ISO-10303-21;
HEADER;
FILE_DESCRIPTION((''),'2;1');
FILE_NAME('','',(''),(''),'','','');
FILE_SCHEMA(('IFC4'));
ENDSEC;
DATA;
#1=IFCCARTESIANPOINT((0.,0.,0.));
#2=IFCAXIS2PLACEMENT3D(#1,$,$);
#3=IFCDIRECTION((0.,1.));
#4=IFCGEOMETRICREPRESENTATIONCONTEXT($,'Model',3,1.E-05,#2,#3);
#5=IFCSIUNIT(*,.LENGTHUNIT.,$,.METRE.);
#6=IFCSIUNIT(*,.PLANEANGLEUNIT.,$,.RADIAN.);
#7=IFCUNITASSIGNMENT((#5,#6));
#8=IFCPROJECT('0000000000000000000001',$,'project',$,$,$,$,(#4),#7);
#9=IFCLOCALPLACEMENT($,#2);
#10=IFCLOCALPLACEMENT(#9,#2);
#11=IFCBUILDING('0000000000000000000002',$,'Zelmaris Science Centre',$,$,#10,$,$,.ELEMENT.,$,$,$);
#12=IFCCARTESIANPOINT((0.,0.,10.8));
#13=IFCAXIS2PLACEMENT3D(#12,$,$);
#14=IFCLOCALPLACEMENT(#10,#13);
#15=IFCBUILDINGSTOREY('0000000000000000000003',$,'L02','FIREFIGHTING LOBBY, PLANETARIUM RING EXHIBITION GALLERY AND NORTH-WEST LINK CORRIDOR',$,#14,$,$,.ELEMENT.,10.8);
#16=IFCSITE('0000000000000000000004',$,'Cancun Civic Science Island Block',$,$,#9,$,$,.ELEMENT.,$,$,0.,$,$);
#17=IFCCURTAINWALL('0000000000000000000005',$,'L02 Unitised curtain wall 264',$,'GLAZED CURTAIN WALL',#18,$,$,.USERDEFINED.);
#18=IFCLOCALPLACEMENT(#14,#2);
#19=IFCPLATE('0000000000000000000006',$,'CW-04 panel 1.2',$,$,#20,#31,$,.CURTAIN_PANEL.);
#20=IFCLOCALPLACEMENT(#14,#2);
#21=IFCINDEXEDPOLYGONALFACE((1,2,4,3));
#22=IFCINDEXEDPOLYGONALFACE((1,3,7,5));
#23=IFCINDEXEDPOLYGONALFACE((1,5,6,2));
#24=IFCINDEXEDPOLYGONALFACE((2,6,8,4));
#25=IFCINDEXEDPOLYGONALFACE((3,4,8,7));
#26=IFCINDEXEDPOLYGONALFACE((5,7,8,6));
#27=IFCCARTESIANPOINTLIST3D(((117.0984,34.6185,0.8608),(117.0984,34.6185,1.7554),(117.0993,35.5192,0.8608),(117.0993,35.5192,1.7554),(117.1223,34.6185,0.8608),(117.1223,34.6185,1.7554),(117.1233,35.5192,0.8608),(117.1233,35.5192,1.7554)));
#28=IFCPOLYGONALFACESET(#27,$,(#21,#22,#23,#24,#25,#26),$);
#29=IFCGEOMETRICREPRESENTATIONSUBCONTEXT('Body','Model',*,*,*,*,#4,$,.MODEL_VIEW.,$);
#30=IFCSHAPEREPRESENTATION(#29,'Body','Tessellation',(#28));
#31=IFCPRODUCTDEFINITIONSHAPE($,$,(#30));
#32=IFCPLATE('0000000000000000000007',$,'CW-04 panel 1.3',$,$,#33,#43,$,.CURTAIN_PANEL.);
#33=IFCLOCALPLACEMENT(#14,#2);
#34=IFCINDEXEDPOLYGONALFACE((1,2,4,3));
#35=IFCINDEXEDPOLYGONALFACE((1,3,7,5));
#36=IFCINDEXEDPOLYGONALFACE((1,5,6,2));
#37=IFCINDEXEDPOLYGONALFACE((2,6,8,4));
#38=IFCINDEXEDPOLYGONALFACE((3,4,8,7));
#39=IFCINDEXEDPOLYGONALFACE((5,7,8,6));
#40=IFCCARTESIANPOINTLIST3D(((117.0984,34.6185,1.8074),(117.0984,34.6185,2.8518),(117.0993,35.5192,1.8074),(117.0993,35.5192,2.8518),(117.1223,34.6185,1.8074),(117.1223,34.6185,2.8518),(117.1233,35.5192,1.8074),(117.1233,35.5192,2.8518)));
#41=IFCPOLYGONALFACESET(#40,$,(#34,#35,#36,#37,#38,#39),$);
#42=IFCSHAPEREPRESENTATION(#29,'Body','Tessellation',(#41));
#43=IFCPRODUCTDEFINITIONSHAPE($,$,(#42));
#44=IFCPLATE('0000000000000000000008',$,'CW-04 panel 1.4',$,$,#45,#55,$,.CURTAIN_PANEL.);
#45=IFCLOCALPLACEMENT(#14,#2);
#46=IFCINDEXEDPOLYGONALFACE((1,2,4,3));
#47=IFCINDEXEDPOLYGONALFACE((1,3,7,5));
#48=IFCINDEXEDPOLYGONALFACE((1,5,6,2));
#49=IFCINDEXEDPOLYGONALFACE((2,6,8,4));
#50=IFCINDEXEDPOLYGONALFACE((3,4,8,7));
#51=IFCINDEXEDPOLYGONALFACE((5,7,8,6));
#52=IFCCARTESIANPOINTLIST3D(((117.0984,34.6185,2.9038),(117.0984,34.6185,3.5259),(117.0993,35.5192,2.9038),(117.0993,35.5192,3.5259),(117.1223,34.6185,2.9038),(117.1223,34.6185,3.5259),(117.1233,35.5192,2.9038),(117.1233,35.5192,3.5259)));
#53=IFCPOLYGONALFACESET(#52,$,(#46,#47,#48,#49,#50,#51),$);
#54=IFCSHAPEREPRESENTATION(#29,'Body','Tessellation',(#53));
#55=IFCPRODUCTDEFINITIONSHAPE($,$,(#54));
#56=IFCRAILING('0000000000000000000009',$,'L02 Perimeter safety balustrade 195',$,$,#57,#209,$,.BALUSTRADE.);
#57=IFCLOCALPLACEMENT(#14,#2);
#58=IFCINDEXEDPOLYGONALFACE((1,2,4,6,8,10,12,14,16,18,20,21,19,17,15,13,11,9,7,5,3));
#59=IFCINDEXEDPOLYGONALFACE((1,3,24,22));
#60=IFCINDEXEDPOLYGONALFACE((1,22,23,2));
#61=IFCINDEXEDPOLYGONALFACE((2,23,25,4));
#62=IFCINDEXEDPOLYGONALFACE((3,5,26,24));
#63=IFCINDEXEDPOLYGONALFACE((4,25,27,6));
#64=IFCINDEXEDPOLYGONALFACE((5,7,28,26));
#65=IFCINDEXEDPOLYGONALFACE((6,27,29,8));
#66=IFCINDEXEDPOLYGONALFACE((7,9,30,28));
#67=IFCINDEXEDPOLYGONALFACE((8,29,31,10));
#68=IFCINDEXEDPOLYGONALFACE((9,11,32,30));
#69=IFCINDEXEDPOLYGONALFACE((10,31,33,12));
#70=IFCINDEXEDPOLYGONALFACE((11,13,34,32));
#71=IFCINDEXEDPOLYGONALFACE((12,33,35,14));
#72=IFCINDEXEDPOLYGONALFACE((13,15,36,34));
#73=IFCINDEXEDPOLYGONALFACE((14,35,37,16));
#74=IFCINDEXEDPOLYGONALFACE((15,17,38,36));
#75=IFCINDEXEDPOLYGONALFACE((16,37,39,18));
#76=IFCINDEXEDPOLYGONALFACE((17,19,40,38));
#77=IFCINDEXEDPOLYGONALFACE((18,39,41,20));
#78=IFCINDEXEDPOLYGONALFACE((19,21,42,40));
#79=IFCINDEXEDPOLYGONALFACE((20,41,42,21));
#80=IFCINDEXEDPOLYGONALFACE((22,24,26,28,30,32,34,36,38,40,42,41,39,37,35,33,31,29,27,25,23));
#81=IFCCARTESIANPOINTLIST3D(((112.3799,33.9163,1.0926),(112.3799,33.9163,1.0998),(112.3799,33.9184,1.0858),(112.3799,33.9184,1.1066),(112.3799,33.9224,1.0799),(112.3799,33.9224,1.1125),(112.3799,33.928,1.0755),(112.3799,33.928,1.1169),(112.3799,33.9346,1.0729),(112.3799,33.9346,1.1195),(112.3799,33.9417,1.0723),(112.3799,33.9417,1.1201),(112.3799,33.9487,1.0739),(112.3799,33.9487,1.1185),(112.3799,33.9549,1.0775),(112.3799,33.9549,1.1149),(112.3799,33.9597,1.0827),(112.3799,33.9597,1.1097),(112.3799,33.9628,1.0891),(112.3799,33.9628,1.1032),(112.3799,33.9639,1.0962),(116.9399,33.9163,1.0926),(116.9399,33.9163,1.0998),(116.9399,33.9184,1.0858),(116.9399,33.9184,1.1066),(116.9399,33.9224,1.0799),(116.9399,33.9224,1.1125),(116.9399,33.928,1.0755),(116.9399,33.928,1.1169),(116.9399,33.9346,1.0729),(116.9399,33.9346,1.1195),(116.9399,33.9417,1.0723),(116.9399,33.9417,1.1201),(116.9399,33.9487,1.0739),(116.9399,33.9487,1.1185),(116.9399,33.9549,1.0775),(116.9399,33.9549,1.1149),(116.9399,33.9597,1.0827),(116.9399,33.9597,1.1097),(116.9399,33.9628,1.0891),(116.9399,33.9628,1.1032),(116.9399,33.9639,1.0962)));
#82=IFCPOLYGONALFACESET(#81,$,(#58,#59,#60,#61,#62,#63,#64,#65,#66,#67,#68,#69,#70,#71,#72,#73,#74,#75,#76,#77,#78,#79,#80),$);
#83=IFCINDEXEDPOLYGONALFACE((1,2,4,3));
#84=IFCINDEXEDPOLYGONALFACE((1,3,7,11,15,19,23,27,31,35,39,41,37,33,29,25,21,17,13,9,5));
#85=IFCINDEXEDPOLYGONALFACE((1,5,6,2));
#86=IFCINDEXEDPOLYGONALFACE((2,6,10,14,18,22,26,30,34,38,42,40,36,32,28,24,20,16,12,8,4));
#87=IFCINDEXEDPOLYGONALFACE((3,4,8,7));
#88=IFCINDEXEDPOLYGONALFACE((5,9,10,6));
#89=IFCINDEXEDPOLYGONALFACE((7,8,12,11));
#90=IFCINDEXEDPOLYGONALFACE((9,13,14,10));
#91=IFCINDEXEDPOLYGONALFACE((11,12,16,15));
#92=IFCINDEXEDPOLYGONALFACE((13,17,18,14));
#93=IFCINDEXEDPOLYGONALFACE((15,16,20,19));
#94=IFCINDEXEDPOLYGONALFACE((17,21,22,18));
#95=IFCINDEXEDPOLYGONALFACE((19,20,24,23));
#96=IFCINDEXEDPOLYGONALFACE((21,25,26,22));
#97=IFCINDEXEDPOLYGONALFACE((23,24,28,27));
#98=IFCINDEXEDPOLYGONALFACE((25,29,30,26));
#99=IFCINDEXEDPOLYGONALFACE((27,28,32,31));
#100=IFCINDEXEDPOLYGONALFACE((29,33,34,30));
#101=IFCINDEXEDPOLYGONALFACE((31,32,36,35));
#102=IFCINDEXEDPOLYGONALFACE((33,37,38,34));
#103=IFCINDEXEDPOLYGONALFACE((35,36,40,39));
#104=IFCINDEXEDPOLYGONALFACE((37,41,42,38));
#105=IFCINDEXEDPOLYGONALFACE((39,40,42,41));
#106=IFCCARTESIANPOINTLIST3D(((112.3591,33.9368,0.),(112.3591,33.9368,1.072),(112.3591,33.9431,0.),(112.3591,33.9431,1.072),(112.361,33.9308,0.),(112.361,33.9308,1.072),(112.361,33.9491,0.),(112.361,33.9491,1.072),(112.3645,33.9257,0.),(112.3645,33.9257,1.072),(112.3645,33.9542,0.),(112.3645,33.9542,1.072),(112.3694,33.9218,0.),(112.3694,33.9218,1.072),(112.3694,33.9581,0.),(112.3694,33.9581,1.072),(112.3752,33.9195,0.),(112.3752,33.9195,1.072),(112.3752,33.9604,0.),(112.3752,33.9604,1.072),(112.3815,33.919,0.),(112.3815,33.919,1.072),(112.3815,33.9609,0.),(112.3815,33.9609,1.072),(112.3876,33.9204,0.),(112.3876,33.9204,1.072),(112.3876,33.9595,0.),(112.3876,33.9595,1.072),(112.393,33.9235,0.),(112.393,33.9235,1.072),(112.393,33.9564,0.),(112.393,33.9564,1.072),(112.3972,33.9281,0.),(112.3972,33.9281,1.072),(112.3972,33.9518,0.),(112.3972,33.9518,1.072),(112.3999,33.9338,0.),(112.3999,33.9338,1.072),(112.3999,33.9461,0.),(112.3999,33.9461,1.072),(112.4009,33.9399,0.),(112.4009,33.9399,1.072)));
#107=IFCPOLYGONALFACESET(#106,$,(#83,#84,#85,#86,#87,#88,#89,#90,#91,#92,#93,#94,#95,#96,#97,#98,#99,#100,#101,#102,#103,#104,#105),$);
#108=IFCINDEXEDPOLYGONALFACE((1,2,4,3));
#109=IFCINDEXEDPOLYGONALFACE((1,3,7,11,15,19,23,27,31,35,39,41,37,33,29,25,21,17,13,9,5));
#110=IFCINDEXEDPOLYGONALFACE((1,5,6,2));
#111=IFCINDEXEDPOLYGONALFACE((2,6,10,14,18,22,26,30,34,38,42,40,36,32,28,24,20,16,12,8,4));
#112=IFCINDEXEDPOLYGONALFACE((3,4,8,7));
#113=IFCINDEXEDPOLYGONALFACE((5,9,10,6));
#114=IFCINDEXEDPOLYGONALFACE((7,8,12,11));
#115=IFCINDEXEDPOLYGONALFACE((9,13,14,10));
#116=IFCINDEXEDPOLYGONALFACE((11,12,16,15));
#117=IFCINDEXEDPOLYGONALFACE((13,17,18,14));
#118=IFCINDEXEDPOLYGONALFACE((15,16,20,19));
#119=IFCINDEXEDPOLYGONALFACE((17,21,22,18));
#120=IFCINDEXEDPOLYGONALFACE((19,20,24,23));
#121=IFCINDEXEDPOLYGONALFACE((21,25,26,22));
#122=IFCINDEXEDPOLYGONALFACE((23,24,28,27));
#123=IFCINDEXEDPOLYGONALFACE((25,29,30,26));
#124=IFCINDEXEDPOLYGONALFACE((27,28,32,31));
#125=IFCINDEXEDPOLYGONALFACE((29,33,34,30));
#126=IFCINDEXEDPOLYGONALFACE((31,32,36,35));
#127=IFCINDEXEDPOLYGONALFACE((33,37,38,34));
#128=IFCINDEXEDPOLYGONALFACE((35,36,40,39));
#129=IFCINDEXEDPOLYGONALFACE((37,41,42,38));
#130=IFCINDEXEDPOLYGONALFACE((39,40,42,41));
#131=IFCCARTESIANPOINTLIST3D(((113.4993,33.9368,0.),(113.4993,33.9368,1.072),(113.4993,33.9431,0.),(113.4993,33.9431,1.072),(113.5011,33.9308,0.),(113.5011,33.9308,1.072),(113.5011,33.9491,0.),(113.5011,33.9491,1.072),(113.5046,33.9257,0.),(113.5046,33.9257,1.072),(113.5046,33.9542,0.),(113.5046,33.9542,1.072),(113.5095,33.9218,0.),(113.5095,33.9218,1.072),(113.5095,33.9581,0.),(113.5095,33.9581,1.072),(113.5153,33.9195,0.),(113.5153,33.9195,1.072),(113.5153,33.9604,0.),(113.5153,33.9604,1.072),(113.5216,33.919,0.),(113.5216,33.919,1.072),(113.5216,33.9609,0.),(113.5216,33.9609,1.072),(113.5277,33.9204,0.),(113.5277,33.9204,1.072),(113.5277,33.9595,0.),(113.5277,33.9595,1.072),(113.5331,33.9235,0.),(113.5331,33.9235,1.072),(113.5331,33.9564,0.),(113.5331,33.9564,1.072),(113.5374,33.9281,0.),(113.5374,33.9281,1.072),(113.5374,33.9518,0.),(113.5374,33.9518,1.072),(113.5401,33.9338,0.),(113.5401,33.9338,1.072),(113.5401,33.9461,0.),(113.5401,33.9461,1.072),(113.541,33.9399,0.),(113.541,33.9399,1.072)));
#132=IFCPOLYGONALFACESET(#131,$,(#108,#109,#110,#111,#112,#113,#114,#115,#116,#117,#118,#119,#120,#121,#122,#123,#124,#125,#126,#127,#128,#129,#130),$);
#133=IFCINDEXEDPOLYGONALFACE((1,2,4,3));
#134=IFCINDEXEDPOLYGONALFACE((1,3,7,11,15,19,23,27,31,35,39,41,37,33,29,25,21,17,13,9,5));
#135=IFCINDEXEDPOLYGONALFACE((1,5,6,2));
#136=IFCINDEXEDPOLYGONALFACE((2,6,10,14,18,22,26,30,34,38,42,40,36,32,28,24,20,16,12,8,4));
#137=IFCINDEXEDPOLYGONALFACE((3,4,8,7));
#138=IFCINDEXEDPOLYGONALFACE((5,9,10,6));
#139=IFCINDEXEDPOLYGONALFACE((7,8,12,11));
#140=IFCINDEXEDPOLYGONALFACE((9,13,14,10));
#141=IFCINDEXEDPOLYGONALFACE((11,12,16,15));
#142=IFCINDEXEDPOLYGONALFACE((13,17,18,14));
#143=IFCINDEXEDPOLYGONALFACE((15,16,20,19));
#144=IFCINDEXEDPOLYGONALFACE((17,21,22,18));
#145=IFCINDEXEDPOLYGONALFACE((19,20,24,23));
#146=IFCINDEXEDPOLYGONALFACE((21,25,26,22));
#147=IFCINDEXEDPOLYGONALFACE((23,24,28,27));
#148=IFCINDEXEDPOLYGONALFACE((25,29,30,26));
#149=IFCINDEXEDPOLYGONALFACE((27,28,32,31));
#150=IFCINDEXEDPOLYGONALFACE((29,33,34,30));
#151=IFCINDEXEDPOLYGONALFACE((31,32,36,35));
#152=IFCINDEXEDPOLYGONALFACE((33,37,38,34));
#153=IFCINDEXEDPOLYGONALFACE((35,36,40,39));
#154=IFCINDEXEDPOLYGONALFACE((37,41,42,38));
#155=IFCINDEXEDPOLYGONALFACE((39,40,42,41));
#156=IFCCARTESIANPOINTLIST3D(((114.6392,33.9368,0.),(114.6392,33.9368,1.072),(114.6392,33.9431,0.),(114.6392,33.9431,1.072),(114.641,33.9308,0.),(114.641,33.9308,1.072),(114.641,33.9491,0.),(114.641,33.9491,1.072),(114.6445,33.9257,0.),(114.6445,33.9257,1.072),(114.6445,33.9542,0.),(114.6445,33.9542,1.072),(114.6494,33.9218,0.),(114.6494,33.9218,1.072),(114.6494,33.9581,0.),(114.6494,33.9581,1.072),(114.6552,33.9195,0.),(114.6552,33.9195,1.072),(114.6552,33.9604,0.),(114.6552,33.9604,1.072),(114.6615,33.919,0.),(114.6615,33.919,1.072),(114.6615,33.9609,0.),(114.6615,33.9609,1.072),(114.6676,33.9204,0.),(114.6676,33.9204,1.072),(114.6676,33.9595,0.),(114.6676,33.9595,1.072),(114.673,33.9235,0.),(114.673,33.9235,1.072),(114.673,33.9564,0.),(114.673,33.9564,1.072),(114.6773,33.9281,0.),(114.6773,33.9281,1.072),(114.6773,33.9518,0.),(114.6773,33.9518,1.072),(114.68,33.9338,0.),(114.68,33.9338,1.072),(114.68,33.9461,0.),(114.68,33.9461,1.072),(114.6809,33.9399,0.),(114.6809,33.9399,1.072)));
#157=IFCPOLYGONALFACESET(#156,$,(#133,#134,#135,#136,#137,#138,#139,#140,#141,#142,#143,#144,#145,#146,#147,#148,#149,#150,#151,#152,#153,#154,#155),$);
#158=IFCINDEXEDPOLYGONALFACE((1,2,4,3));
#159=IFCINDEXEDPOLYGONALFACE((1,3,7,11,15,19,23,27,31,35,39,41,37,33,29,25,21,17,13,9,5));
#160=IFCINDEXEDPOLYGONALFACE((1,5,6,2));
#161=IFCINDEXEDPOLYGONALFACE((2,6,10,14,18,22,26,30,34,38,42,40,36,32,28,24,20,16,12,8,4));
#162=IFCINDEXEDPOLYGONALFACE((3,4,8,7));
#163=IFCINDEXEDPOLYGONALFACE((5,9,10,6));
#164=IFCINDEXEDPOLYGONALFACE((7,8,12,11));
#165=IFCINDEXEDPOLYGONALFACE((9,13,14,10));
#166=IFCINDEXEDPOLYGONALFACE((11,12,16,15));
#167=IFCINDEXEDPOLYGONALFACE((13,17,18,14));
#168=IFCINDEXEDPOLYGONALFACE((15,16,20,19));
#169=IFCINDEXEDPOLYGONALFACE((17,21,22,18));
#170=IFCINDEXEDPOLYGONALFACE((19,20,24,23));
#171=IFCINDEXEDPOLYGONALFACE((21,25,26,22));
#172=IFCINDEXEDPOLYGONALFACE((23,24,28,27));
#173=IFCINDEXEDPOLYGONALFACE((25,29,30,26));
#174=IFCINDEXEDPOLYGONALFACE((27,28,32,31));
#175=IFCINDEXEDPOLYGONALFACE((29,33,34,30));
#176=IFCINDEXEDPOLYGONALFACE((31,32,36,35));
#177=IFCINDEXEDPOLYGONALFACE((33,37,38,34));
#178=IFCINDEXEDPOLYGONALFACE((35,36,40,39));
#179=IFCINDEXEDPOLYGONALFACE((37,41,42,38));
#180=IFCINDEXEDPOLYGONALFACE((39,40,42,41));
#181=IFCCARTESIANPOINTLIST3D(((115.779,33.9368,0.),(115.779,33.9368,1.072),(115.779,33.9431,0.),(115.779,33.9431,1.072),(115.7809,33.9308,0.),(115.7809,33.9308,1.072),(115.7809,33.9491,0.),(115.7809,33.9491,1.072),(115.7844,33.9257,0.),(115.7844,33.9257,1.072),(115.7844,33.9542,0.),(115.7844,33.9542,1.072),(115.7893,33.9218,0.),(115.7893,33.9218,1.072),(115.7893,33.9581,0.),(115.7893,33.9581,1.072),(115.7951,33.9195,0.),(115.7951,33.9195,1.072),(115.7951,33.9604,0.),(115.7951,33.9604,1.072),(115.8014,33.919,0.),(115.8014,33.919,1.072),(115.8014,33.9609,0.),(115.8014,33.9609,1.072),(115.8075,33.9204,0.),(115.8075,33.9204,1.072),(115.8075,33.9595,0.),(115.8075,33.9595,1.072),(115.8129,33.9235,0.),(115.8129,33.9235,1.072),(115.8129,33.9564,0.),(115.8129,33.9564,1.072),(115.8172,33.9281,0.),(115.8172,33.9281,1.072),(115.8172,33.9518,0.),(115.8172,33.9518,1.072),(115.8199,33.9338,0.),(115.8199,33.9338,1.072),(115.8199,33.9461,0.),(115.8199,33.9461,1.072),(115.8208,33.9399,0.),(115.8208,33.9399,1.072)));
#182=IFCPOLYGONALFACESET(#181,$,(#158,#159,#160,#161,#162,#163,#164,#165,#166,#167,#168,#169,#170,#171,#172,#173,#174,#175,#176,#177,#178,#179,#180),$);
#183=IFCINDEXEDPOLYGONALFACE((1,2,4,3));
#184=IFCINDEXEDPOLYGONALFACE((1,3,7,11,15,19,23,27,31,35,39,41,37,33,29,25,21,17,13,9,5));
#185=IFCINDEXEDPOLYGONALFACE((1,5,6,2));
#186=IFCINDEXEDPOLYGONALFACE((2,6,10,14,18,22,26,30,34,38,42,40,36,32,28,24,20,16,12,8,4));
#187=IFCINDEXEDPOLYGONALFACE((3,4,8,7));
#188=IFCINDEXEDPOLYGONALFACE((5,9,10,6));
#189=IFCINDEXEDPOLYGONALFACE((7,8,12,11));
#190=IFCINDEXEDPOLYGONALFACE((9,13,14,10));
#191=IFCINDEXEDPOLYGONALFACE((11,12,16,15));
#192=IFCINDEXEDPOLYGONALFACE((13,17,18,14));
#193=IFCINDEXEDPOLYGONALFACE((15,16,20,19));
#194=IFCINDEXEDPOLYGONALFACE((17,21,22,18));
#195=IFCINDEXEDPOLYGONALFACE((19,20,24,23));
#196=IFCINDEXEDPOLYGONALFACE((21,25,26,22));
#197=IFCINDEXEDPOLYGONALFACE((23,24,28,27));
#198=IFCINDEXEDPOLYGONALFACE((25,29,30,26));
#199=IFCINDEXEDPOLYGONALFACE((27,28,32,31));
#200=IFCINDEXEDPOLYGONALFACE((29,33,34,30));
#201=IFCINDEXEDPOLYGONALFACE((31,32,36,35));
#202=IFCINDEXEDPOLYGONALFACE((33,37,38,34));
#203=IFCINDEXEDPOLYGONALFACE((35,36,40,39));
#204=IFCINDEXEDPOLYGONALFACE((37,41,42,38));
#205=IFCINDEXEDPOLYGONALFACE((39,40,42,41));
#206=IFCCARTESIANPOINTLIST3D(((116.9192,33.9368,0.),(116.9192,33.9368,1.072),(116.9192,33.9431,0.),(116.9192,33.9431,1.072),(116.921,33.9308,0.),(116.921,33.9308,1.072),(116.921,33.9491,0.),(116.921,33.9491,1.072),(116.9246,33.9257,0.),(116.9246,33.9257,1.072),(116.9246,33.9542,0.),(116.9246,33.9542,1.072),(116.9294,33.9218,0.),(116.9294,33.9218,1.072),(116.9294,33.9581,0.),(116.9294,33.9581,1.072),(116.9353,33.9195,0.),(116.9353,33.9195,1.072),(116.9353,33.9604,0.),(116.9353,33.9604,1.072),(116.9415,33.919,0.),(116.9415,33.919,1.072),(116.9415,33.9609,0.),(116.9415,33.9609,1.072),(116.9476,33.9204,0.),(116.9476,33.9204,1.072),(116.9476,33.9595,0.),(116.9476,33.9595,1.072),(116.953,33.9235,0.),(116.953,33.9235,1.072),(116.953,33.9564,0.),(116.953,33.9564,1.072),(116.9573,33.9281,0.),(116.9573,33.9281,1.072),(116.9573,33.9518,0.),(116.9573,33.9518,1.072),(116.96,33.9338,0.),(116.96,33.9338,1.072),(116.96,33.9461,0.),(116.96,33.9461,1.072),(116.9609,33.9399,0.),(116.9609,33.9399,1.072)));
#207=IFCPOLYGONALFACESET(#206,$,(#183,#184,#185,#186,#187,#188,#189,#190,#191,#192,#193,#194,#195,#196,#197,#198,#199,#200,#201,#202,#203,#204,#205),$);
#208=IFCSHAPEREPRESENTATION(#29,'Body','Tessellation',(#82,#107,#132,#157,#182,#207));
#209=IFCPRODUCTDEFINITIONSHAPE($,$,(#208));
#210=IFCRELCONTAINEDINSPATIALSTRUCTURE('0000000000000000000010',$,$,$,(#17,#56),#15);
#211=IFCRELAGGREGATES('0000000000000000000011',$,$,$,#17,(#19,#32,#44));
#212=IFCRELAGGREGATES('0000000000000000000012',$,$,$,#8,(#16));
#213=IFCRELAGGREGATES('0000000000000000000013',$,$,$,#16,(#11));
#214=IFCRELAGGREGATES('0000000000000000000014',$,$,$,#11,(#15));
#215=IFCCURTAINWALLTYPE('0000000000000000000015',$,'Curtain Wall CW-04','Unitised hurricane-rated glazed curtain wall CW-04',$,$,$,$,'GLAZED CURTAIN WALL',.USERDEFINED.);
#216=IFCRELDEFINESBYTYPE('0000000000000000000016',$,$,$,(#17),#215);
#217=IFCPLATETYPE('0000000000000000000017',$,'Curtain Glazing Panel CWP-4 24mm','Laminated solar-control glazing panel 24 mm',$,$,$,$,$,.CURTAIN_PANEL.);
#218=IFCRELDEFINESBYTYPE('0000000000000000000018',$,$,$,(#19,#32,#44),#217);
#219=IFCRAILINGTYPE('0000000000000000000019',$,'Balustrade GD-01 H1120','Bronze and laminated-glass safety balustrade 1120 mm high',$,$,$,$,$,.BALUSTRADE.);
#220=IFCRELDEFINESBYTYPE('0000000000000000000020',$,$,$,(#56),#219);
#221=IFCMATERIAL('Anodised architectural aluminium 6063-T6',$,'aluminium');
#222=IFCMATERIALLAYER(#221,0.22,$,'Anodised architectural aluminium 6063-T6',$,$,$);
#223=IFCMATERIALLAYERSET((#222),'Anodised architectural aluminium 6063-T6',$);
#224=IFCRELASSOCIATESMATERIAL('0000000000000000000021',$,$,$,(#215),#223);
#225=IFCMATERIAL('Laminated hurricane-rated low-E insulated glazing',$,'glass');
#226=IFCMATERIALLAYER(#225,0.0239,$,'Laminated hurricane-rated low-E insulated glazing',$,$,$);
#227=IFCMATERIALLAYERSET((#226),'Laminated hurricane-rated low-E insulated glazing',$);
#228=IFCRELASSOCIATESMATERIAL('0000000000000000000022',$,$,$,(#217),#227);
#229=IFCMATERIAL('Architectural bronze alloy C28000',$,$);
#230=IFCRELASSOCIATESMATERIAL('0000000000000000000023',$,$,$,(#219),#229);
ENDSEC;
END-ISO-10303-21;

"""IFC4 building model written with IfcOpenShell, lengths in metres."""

from ifc_helpers import new_model, si_unit, direction, frame, origin, origin_2d, place, context, subcontext, project, spatial, rectangle, circle, extrude, material, layer, layer_set, type_object, element, aggregate, save


model = new_model("IFC4")

# Units and contexts
model_context = context("Model", 3, precision=1e-05, world=origin(), true_north=direction((0.0, 1.0)))
body_context = subcontext(model_context, "Body", "Model", "MODEL_VIEW")
ifc_project = project(units=[si_unit("LENGTHUNIT", "METRE"), si_unit("PLANEANGLEUNIT", "RADIAN")], contexts=[model_context])

# Site, building, storey
site_placement = place(None, origin())
site = spatial("IfcSite", under=ifc_project, at=site_placement, Name="Cancun Civic Science Island Block", CompositionType="ELEMENT", RefElevation=0.0)
building_placement = place(site_placement, origin())
building = spatial("IfcBuilding", under=site, at=building_placement, Name="Zelmaris Science Centre", CompositionType="ELEMENT")
storey_placement = place(building_placement, frame((0.0, 0.0, 10.8)))
storey = spatial("IfcBuildingStorey", under=building, at=storey_placement, Name="L02", Description="FIREFIGHTING LOBBY, PLANETARIUM RING EXHIBITION GALLERY AND NORTH-WEST LINK CORRIDOR", CompositionType="ELEMENT", Elevation=10.8)

# Curtain wall
ifc_material_1 = material(Name="Anodised architectural aluminium 6063-T6", Category="aluminium")
ifc_layer_1 = layer(ifc_material_1, 0.22, Name="Anodised architectural aluminium 6063-T6")
ifc_layer_set_1 = layer_set([ifc_layer_1], Name="Anodised architectural aluminium 6063-T6")
curtain_wall_type_1 = type_object("IfcCurtainWallType", Name="Curtain Wall CW-04", Description="Unitised hurricane-rated glazed curtain wall CW-04", ElementType="GLAZED CURTAIN WALL", PredefinedType="USERDEFINED", material=ifc_layer_set_1)
curtain_wall_1_placement = place(storey_placement, origin())
curtain_wall_1 = element("IfcCurtainWall", 1, at=curtain_wall_1_placement, inside=storey, type_object=curtain_wall_type_1, Name="L02 Unitised curtain wall 264", ObjectType="GLAZED CURTAIN WALL", PredefinedType="USERDEFINED")

# Plates
ifc_material_2 = material(Name="Laminated hurricane-rated low-E insulated glazing", Category="glass")
ifc_layer_2 = layer(ifc_material_2, 0.0239, Name="Laminated hurricane-rated low-E insulated glazing")
ifc_layer_set_2 = layer_set([ifc_layer_2], Name="Laminated hurricane-rated low-E insulated glazing")
plate_type_1 = type_object("IfcPlateType", Name="Curtain Glazing Panel CWP-4 24mm", Description="Laminated solar-control glazing panel 24 mm", PredefinedType="CURTAIN_PANEL", material=ifc_layer_set_2)
plate_1_placement = place(storey_placement, frame((117.1108, 35.0688, 0.8608), z_axis=(0.0, 0.0, 1.0), x_axis=(0.001022, 0.999999, 0.0)))
plate_1 = element("IfcPlate", 2, at=plate_1_placement, type_object=plate_type_1, Name="CW-04 panel 1.2", PredefinedType="CURTAIN_PANEL", context=body_context, shape_type="SweptSolid", body=[
    extrude(rectangle(XDim=0.9006, YDim=0.0239, at=origin_2d()), origin(), (0.0, 0.0, 1.0), 0.8945),
])
plate_2_placement = place(storey_placement, frame((117.1108, 35.0688, 1.8074), z_axis=(0.0, 0.0, 1.0), x_axis=(0.001022, 0.999999, 0.0)))
plate_2 = element("IfcPlate", 3, at=plate_2_placement, type_object=plate_type_1, Name="CW-04 panel 1.3", PredefinedType="CURTAIN_PANEL", context=body_context, shape_type="SweptSolid", body=[
    extrude(rectangle(XDim=0.9006, YDim=0.0239, at=origin_2d()), origin(), (0.0, 0.0, 1.0), 1.0444),
])
plate_3_placement = place(storey_placement, frame((117.1108, 35.0688, 2.9038), z_axis=(0.0, 0.0, 1.0), x_axis=(0.001022, 0.999999, 0.0)))
plate_3 = element("IfcPlate", 4, at=plate_3_placement, type_object=plate_type_1, Name="CW-04 panel 1.4", PredefinedType="CURTAIN_PANEL", context=body_context, shape_type="SweptSolid", body=[
    extrude(rectangle(XDim=0.9006, YDim=0.0239, at=origin_2d()), origin(), (0.0, 0.0, 1.0), 0.6221),
])
aggregate(curtain_wall_1, [plate_1, plate_2, plate_3])

# Railing
ifc_material_3 = material(Name="Architectural bronze alloy C28000")
railing_type = type_object("IfcRailingType", Name="Balustrade GD-01 H1120", Description="Bronze and laminated-glass safety balustrade 1120 mm high", PredefinedType="BALUSTRADE", material=ifc_material_3)
railing_1_placement = place(storey_placement, frame((112.3799, 33.9399, 0.0)))
element("IfcRailing", 5, at=railing_1_placement, inside=storey, type_object=railing_type, Name="L02 Perimeter safety balustrade 195", PredefinedType="BALUSTRADE", context=body_context, shape_type="SweptSolid", body=[
    extrude(circle(Radius=0.0239, at=origin_2d()), frame((0.0, 0.0, 1.0962), z_axis=(1.0, 0.0, 0.0), x_axis=(0.0, 1.0, 0.0)), (0.0, 0.0, 1.0), 4.5601),
    extrude(circle(Radius=0.021, at=origin_2d()), origin(), (0.0, 0.0, 1.0), 1.072),
    extrude(circle(Radius=0.021, at=origin_2d()), frame((1.1401, 0.0, 0.0)), (0.0, 0.0, 1.0), 1.072),
    extrude(circle(Radius=0.021, at=origin_2d()), frame((2.28, 0.0, 0.0)), (0.0, 0.0, 1.0), 1.072),
    extrude(circle(Radius=0.021, at=origin_2d()), frame((3.4199, 0.0, 0.0)), (0.0, 0.0, 1.0), 1.072),
    extrude(circle(Radius=0.021, at=origin_2d()), frame((4.5601, 0.0, 0.0)), (0.0, 0.0, 1.0), 1.072),
])

save(model, "model.ifc")
